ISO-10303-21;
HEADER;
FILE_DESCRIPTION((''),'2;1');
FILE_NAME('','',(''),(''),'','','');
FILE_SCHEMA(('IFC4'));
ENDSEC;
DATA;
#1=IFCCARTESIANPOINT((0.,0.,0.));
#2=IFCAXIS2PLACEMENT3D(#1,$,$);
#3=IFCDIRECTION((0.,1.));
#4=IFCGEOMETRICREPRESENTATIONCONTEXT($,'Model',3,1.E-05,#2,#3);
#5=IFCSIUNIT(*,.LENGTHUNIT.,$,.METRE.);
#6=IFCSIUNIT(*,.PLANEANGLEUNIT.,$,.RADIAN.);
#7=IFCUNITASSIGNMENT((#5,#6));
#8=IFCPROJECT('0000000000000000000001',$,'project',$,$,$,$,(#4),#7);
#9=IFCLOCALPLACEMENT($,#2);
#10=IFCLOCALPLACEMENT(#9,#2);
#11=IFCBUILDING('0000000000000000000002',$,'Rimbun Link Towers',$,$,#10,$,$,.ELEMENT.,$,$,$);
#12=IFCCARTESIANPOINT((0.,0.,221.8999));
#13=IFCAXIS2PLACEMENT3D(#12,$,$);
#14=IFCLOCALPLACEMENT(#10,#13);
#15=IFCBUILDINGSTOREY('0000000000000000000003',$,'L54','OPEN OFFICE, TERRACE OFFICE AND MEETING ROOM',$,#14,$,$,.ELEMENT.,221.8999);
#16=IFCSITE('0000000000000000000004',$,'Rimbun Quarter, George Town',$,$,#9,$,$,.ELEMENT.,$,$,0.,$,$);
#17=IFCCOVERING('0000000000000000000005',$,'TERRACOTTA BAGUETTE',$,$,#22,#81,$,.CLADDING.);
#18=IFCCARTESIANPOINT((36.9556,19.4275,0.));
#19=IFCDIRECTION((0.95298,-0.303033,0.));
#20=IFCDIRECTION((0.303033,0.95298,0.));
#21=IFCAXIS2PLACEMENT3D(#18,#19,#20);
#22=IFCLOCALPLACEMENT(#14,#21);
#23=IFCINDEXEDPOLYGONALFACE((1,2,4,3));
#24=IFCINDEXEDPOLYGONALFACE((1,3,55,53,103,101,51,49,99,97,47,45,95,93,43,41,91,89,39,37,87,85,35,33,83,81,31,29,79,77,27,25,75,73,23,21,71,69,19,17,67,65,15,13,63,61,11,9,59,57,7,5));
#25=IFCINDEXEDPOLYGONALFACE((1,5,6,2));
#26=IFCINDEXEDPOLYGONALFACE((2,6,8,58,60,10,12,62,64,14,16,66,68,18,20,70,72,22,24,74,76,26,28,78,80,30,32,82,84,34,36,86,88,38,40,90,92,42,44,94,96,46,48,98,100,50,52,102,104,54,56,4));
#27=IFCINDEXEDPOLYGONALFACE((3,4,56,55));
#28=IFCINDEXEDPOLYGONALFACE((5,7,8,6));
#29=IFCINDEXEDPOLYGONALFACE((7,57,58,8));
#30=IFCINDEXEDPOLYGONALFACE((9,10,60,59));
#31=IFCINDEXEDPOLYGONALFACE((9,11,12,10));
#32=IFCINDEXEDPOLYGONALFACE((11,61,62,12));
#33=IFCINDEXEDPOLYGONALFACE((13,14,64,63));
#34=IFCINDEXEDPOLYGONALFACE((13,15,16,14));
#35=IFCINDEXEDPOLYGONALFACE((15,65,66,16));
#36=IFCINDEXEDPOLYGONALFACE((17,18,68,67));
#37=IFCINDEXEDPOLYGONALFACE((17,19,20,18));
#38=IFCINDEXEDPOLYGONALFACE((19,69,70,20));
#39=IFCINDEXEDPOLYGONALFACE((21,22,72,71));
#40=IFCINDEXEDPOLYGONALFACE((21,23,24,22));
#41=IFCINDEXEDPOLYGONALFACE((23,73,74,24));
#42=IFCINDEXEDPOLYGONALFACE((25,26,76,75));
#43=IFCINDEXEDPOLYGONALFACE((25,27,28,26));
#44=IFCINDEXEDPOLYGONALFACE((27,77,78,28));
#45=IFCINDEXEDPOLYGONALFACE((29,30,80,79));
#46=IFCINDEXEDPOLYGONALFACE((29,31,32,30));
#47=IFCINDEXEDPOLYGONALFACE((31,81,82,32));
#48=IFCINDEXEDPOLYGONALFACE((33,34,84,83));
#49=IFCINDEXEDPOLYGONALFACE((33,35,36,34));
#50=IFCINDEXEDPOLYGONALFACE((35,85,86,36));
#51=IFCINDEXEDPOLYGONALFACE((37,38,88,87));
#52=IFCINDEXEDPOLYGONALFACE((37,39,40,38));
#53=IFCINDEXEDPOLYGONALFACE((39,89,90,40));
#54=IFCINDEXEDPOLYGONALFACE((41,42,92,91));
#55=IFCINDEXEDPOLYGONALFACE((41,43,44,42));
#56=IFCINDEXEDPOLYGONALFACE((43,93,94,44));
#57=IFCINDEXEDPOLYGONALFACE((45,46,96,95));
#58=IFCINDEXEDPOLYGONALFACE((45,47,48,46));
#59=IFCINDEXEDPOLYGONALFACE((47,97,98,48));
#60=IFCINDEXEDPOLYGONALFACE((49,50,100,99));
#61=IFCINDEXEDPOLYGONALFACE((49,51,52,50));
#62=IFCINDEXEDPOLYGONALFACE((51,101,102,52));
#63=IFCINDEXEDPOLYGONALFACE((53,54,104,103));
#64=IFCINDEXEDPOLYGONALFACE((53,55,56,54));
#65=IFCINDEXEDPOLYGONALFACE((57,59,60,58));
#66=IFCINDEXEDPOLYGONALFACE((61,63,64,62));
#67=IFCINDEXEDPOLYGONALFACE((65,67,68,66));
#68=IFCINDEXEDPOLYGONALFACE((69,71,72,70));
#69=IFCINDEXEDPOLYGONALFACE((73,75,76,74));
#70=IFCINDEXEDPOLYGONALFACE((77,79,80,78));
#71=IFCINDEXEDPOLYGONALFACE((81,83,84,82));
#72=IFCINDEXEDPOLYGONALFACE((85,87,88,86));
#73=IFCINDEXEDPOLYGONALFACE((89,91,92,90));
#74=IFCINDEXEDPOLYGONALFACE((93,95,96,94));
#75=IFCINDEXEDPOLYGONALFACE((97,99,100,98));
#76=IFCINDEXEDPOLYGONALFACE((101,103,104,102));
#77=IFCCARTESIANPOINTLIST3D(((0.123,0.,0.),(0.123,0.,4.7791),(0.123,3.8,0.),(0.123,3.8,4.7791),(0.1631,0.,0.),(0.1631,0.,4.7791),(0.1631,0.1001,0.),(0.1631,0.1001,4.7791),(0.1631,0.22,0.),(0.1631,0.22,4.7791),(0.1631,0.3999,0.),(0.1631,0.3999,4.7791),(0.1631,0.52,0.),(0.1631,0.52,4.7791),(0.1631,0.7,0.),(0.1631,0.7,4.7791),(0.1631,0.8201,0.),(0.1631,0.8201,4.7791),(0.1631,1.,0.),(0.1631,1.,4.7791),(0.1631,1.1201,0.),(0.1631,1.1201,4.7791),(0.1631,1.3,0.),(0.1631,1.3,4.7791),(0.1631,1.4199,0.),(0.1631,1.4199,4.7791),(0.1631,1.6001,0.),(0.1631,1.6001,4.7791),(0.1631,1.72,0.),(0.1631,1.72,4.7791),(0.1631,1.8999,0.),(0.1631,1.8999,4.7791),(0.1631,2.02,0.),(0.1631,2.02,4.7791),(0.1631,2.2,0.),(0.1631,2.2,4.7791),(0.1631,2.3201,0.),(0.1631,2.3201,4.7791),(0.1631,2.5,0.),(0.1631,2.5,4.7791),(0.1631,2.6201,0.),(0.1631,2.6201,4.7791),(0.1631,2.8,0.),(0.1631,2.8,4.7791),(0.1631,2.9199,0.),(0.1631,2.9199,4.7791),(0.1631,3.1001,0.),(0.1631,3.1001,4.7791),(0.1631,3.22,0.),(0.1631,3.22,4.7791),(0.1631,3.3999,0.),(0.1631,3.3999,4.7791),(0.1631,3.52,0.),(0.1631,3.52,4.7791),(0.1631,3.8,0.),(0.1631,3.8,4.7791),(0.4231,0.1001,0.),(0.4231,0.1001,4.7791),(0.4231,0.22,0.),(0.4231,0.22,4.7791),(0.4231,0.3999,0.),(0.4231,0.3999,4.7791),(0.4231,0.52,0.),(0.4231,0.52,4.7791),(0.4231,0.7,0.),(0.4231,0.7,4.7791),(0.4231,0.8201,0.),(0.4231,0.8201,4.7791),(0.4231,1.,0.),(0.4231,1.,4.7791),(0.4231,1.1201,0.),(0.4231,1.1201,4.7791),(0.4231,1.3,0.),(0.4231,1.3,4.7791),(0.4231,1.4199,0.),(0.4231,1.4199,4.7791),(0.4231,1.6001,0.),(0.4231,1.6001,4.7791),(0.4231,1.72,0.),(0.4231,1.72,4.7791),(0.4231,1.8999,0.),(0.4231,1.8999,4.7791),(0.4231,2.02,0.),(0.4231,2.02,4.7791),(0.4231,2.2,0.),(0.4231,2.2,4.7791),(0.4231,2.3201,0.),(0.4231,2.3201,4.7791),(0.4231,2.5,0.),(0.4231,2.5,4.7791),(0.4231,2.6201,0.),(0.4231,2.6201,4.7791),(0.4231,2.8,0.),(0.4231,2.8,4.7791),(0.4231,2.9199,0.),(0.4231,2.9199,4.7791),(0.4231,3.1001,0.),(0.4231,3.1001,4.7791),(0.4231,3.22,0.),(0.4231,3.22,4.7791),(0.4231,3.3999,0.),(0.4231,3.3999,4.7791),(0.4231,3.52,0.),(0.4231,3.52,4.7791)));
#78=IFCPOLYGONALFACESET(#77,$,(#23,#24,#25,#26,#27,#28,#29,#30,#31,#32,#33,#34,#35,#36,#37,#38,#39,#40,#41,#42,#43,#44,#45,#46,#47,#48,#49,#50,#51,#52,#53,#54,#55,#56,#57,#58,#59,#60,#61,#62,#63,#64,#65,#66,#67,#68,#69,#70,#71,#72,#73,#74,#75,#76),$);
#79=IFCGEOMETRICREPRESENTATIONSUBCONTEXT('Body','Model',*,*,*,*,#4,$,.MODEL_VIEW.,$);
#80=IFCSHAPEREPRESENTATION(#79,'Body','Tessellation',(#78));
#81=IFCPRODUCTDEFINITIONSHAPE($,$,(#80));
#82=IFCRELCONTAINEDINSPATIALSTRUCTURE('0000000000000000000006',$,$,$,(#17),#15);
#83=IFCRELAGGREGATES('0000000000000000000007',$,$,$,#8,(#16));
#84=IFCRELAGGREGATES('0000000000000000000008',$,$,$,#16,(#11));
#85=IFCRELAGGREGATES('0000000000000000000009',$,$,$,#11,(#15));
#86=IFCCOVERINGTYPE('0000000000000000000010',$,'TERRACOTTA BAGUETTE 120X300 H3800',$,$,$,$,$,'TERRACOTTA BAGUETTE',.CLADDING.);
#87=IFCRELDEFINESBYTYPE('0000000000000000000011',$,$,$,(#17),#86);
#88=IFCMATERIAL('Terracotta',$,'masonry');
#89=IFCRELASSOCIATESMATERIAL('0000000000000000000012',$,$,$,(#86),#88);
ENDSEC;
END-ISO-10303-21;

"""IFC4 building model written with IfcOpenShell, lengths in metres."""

from ifc_helpers import new_model, si_unit, direction, frame, origin, place, context, subcontext, project, spatial, polyline, outline, extrude, material, material_profile, profile_set, type_object, element, save


model = new_model("IFC4")

# Units and contexts
model_context = context("Model", 3, precision=1e-05, world=origin(), true_north=direction((0.0, 1.0)))
body_context = subcontext(model_context, "Body", "Model", "MODEL_VIEW")
ifc_project = project(units=[si_unit("LENGTHUNIT", "METRE"), si_unit("PLANEANGLEUNIT", "RADIAN")], contexts=[model_context])

# Site, building, storey
site_placement = place(None, origin())
site = spatial("IfcSite", under=ifc_project, at=site_placement, Name="Rimbun Quarter, George Town", CompositionType="ELEMENT", RefElevation=0.0)
building_placement = place(site_placement, origin())
building = spatial("IfcBuilding", under=site, at=building_placement, Name="Rimbun Link Towers", CompositionType="ELEMENT")
storey_placement = place(building_placement, frame((0.0, 0.0, 221.8999)))
storey = spatial("IfcBuildingStorey", under=building, at=storey_placement, Name="L54", Description="OPEN OFFICE, TERRACE OFFICE AND MEETING ROOM", CompositionType="ELEMENT", Elevation=221.8999)

# Covering
ifc_material_1 = material(Name="Terracotta", Category="masonry")
ifc_material_profile_1 = material_profile(ifc_material_1, outline(polyline([(0.123, 0.0), (0.1631, 0.0), (0.1631, 0.1001), (0.4231, 0.1001), (0.4231, 0.22), (0.1631, 0.22), (0.1631, 0.3999), (0.4231, 0.3999), (0.4231, 0.52), (0.1631, 0.52), (0.1631, 0.7), (0.4231, 0.7), (0.4231, 0.8201), (0.1631, 0.8201), (0.1631, 1.0), (0.4231, 1.0), (0.4231, 1.1201), (0.1631, 1.1201), (0.1631, 1.3), (0.4231, 1.3), (0.4231, 1.4199), (0.1631, 1.4199), (0.1631, 1.6001), (0.4231, 1.6001), (0.4231, 1.72), (0.1631, 1.72), (0.1631, 1.8999), (0.4231, 1.8999), (0.4231, 2.02), (0.1631, 2.02), (0.1631, 2.2), (0.4231, 2.2), (0.4231, 2.3201), (0.1631, 2.3201), (0.1631, 2.5), (0.4231, 2.5), (0.4231, 2.6201), (0.1631, 2.6201), (0.1631, 2.8), (0.4231, 2.8), (0.4231, 2.9199), (0.1631, 2.9199), (0.1631, 3.1001), (0.4231, 3.1001), (0.4231, 3.22), (0.1631, 3.22), (0.1631, 3.3999), (0.4231, 3.3999), (0.4231, 3.52), (0.1631, 3.52), (0.1631, 3.8), (0.123, 3.8), (0.123, 0.0)])), Name="BAGUETTE 120X300")
ifc_profile_set_1 = profile_set([ifc_material_profile_1], Name="Terracotta")
covering_type = type_object("IfcCoveringType", Name="TERRACOTTA BAGUETTE 120X300 H3800", ElementType="TERRACOTTA BAGUETTE", PredefinedType="CLADDING", material=ifc_profile_set_1)
covering_placement = place(storey_placement, frame((36.9556, 19.4275, 0.0), z_axis=(0.95298, -0.303033, 0.0), x_axis=(0.303033, 0.95298, 0.0)))
element("IfcCovering", 1, at=covering_placement, inside=storey, type_object=covering_type, Name="TERRACOTTA BAGUETTE", PredefinedType="CLADDING", context=body_context, shape_type="SweptSolid", body=[
    extrude(outline(polyline([(0.123, 0.0), (0.1631, 0.0), (0.1631, 0.1001), (0.4231, 0.1001), (0.4231, 0.22), (0.1631, 0.22), (0.1631, 0.3999), (0.4231, 0.3999), (0.4231, 0.52), (0.1631, 0.52), (0.1631, 0.7), (0.4231, 0.7), (0.4231, 0.8201), (0.1631, 0.8201), (0.1631, 1.0), (0.4231, 1.0), (0.4231, 1.1201), (0.1631, 1.1201), (0.1631, 1.3), (0.4231, 1.3), (0.4231, 1.4199), (0.1631, 1.4199), (0.1631, 1.6001), (0.4231, 1.6001), (0.4231, 1.72), (0.1631, 1.72), (0.1631, 1.8999), (0.4231, 1.8999), (0.4231, 2.02), (0.1631, 2.02), (0.1631, 2.2), (0.4231, 2.2), (0.4231, 2.3201), (0.1631, 2.3201), (0.1631, 2.5), (0.4231, 2.5), (0.4231, 2.6201), (0.1631, 2.6201), (0.1631, 2.8), (0.4231, 2.8), (0.4231, 2.9199), (0.1631, 2.9199), (0.1631, 3.1001), (0.4231, 3.1001), (0.4231, 3.22), (0.1631, 3.22), (0.1631, 3.3999), (0.4231, 3.3999), (0.4231, 3.52), (0.1631, 3.52), (0.1631, 3.8), (0.123, 3.8), (0.123, 0.0)])), origin(), (0.0, 0.0, 1.0), 4.7791),
])

save(model, "model.ifc")
